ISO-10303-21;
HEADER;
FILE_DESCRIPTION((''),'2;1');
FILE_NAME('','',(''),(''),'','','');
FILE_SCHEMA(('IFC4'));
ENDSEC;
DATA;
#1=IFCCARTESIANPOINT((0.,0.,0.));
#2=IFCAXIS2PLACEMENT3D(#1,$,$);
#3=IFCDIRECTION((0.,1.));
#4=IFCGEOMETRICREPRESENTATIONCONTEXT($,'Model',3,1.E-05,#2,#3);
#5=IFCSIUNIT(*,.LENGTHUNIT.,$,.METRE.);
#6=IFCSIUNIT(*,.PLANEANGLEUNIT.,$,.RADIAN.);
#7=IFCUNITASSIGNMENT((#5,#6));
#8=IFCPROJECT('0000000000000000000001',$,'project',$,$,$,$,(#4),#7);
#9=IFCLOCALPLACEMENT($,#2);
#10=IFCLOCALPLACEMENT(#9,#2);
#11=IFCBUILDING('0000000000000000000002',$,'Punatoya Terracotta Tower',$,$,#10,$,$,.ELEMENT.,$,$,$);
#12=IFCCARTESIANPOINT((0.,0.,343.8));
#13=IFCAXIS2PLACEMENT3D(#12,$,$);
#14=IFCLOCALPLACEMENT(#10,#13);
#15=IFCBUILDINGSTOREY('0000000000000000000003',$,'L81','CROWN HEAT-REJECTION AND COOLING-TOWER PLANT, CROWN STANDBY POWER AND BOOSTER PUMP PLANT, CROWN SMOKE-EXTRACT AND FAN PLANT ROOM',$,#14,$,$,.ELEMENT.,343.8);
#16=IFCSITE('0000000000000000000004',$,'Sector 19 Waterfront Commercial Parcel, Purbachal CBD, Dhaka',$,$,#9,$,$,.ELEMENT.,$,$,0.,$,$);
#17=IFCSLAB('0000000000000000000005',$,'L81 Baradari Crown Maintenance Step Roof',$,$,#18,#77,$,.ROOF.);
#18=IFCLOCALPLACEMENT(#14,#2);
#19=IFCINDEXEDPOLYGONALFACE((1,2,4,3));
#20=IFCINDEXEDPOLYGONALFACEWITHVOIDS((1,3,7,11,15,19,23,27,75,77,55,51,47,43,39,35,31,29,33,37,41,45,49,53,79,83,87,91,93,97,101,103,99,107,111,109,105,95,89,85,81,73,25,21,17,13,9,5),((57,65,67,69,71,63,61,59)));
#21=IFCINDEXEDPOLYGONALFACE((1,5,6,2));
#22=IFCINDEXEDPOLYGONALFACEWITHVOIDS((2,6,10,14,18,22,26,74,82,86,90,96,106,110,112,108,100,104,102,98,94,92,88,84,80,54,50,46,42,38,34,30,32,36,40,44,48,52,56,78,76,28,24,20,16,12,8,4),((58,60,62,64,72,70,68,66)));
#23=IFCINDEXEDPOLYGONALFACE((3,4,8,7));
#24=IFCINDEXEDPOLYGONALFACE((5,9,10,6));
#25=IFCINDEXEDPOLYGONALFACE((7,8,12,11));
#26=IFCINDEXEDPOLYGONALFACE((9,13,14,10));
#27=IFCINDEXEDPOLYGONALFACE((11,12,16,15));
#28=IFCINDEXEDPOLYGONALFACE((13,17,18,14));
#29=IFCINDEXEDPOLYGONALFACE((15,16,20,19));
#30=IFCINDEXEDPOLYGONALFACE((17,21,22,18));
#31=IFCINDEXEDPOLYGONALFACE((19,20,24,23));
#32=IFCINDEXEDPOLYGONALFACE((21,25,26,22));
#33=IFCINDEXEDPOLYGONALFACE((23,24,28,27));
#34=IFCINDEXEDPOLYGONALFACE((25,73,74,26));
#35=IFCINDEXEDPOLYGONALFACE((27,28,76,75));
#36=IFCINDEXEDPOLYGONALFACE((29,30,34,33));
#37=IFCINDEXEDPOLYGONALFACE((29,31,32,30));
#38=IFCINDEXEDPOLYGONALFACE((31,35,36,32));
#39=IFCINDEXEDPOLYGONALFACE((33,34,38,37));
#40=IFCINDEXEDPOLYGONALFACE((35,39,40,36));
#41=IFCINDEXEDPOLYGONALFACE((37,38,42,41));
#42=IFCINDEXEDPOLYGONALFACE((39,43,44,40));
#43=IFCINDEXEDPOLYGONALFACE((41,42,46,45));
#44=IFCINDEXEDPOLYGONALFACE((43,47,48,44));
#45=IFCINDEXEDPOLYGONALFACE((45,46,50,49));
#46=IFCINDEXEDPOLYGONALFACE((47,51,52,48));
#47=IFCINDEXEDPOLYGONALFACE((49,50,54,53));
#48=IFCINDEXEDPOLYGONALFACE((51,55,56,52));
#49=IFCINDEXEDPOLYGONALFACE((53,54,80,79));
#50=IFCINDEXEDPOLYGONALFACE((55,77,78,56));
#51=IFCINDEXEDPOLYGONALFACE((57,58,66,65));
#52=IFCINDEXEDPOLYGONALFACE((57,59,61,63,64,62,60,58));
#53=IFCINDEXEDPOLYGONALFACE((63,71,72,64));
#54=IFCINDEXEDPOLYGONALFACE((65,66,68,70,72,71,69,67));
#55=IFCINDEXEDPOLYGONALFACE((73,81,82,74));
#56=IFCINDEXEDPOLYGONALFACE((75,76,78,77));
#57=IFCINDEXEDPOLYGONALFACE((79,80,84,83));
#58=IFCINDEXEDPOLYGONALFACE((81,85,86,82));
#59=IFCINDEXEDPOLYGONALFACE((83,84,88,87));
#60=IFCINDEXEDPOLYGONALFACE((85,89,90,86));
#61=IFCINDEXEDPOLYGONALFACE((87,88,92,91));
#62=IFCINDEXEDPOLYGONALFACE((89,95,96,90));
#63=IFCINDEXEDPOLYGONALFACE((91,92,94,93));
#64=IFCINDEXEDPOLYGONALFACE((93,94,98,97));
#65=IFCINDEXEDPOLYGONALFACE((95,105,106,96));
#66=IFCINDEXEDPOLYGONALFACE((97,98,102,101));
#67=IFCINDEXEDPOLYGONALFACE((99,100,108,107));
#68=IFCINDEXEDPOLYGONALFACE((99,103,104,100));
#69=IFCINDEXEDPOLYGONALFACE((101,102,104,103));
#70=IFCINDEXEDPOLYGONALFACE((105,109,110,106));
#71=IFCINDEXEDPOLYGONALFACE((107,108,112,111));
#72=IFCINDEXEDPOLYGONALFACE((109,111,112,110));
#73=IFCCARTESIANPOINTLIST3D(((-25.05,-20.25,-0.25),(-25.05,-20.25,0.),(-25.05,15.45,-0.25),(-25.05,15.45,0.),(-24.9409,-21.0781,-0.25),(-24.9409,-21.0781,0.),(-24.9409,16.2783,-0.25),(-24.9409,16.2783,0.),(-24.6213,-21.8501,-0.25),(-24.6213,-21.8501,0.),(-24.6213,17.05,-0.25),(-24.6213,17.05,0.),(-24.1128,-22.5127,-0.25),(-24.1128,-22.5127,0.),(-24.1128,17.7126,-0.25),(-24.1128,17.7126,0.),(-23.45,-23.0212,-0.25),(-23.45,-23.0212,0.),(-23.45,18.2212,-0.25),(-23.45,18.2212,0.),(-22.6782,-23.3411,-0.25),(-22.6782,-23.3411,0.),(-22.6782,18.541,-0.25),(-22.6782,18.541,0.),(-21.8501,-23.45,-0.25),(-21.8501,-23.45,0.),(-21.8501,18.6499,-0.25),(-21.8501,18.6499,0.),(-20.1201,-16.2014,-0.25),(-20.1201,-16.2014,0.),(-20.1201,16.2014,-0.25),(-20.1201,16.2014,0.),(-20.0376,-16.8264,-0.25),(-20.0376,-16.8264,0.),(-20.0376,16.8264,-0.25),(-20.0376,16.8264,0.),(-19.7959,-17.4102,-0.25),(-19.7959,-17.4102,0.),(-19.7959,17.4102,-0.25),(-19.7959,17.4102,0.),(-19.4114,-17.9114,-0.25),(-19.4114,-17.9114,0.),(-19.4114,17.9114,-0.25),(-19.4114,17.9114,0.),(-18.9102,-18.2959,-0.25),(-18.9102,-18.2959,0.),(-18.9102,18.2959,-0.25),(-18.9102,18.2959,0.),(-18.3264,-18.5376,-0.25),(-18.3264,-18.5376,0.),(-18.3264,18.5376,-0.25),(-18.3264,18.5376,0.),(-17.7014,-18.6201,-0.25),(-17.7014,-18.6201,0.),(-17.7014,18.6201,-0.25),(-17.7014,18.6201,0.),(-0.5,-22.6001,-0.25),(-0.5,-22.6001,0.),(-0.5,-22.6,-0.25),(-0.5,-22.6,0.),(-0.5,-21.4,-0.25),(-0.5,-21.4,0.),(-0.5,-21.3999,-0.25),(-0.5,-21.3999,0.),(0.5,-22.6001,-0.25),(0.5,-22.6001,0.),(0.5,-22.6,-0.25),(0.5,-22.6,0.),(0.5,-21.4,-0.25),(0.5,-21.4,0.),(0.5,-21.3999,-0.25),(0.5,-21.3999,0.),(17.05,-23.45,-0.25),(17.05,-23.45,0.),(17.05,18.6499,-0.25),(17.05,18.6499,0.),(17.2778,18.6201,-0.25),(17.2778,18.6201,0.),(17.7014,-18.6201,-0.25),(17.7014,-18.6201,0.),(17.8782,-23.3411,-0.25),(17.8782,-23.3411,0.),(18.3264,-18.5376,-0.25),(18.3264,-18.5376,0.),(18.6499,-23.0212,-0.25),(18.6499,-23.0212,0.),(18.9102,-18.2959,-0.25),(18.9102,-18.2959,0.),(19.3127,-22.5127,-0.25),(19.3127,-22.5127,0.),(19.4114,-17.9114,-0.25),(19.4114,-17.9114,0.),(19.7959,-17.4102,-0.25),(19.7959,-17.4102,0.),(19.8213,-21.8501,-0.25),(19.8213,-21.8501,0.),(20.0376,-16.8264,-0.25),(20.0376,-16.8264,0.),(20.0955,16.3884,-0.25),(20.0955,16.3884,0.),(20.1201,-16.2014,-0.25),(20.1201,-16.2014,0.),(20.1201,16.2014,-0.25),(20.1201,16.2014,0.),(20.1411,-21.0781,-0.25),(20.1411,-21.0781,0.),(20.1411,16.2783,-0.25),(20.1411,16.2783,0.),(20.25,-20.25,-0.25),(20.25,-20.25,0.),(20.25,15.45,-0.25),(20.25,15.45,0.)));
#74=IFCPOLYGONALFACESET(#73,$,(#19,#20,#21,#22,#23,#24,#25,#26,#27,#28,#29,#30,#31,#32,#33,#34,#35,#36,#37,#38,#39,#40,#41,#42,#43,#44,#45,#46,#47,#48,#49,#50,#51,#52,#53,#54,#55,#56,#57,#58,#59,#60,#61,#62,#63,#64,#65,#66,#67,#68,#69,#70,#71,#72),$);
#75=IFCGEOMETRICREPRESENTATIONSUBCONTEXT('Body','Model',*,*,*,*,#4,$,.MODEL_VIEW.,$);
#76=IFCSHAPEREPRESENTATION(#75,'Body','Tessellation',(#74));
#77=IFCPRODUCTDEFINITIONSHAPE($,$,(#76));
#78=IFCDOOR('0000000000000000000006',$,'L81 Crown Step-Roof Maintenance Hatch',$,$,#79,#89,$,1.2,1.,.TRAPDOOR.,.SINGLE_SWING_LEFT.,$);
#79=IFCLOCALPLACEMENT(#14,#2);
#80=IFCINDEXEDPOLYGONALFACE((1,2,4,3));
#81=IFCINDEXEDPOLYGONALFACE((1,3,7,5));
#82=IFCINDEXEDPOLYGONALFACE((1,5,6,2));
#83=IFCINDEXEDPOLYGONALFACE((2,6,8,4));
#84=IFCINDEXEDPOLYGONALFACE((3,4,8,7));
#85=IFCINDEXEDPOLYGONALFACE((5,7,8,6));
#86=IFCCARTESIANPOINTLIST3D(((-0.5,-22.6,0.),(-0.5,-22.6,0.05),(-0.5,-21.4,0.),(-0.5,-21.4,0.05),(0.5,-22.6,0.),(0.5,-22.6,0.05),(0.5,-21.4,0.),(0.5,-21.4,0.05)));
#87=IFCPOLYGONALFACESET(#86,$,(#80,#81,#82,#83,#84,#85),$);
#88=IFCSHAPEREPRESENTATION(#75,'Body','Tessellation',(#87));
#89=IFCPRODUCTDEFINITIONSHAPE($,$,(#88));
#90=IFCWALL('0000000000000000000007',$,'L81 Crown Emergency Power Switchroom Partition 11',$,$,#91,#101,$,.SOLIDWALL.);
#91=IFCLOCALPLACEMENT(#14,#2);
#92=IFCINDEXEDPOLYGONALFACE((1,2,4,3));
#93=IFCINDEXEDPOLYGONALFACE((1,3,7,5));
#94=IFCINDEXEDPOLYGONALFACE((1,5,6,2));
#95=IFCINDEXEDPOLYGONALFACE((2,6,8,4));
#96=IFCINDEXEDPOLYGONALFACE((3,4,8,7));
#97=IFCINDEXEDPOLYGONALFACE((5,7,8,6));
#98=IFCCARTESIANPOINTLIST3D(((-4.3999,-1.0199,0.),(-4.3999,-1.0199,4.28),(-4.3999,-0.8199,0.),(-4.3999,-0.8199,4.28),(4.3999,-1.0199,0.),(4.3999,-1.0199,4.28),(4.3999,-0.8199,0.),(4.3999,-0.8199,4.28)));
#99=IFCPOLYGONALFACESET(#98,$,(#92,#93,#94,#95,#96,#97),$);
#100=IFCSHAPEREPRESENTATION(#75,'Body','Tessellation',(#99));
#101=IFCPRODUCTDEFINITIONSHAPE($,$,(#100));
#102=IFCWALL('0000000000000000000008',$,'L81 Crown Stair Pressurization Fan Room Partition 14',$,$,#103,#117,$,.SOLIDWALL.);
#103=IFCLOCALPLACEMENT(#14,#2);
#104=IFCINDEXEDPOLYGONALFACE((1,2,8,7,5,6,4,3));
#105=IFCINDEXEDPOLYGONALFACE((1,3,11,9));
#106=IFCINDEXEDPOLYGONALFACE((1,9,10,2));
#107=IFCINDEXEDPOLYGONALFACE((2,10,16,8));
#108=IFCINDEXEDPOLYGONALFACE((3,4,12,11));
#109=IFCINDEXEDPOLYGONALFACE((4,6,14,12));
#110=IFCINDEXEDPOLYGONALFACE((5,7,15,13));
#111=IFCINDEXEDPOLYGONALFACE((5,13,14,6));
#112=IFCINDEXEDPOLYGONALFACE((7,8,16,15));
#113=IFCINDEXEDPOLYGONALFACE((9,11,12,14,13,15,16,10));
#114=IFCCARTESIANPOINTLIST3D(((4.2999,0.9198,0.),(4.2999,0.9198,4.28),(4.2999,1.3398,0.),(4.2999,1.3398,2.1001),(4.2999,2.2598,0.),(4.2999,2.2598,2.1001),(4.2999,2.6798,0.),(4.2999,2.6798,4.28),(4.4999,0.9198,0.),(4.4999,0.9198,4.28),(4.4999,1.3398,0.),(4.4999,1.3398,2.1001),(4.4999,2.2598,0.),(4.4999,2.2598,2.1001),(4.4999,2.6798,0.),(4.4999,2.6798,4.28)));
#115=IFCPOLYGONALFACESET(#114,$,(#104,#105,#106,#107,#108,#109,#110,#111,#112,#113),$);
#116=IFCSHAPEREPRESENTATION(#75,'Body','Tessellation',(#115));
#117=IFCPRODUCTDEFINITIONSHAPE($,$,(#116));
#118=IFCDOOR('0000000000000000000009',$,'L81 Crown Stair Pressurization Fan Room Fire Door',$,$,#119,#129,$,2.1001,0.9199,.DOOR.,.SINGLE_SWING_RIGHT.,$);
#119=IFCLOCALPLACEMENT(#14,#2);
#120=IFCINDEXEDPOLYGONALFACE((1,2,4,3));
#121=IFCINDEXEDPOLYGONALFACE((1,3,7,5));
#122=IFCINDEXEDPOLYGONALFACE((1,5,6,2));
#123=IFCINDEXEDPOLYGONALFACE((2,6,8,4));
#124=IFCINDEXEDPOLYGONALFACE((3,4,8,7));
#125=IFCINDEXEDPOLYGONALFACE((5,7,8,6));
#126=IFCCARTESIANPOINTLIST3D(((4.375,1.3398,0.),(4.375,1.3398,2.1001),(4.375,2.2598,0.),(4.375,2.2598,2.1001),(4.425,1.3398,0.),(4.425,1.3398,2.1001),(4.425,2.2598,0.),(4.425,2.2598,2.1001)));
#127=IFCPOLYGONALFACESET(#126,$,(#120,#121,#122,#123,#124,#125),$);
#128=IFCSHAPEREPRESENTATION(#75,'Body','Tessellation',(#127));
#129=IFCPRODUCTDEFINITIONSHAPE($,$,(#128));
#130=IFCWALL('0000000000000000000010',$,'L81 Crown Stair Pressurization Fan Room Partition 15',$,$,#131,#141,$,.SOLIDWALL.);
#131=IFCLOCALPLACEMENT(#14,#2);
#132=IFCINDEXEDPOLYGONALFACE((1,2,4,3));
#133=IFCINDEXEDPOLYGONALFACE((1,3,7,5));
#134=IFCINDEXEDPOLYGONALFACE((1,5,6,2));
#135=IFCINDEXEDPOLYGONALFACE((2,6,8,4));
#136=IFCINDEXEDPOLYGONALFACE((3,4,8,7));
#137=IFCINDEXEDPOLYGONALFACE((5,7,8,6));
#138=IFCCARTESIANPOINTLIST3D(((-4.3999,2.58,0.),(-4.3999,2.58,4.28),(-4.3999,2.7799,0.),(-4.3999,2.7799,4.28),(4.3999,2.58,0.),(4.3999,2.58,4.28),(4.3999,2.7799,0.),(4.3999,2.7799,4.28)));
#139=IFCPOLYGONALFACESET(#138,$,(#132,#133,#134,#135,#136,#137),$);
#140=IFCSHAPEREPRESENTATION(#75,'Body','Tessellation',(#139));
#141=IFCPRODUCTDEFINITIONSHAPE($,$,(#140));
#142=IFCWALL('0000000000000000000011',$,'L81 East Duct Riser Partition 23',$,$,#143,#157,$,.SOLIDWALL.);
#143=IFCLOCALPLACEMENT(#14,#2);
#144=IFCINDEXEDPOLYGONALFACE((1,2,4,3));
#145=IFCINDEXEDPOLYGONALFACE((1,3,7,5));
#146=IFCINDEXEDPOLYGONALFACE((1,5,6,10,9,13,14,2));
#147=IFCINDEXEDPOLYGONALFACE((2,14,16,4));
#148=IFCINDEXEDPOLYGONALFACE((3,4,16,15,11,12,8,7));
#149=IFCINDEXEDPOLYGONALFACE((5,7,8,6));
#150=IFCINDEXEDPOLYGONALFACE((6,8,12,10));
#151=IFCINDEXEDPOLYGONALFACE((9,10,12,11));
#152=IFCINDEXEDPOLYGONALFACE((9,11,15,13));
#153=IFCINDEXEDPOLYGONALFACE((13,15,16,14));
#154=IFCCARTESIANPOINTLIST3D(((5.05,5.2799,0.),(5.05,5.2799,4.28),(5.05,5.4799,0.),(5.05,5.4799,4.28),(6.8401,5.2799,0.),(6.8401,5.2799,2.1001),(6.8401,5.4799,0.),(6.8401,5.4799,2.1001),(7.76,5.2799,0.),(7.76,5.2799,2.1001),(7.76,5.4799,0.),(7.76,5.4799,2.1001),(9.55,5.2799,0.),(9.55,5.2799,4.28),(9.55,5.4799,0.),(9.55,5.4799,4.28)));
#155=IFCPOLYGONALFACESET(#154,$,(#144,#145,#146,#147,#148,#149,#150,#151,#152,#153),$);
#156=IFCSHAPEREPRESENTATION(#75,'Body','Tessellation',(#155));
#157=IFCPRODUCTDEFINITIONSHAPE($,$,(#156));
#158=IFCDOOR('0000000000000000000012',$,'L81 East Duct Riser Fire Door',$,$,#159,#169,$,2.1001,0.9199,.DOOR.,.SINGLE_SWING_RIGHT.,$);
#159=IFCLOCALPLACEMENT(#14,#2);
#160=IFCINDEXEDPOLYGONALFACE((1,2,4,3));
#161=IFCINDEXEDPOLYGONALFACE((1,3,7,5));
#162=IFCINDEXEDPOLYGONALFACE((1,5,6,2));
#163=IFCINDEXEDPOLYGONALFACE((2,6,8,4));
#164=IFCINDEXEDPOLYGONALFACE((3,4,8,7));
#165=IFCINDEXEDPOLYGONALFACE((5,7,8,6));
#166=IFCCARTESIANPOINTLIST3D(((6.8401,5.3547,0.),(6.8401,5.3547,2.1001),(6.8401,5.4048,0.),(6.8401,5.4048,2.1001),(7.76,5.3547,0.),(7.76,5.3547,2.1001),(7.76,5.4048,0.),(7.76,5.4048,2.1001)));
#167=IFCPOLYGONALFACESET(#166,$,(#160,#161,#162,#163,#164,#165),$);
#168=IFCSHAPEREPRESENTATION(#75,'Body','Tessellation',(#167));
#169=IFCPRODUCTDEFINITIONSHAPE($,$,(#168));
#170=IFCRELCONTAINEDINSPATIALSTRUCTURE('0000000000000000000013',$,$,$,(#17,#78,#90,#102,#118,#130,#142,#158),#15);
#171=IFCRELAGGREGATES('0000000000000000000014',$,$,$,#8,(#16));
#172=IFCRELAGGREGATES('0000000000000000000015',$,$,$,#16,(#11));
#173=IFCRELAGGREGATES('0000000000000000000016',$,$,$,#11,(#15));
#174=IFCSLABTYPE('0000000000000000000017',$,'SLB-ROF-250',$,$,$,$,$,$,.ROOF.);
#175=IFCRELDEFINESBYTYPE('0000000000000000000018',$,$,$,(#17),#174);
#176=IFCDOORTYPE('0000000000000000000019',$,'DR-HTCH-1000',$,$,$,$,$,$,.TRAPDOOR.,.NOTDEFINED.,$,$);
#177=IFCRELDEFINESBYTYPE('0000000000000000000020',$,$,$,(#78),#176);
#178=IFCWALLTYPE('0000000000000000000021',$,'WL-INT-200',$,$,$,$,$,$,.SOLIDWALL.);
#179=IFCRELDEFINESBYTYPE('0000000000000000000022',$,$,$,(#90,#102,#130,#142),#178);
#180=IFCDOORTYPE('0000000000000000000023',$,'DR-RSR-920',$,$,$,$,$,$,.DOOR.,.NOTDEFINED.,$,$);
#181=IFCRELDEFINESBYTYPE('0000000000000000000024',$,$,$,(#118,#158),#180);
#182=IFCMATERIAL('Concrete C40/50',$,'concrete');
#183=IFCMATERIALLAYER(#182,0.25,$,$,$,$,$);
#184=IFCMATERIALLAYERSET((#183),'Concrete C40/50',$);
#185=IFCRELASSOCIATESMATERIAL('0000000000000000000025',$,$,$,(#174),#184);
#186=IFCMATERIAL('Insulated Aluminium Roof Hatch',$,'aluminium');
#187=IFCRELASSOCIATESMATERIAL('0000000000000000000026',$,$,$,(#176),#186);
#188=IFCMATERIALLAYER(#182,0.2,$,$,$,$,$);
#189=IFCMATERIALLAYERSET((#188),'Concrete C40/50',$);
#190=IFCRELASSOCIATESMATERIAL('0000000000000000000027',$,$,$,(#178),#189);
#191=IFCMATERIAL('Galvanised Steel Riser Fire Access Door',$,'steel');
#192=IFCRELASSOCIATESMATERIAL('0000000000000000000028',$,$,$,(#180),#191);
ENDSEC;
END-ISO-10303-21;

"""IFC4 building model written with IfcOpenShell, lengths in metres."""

from ifc_helpers import new_model, si_unit, direction, frame, frame_2d, origin, origin_2d, place, context, subcontext, project, spatial, polyline, rectangle, outline, extrude, material, layer, layer_set, type_object, element, fill, save


model = new_model("IFC4")

# Units and contexts
model_context = context("Model", 3, precision=1e-05, world=origin(), true_north=direction((0.0, 1.0)))
body_context = subcontext(model_context, "Body", "Model", "MODEL_VIEW")
ifc_project = project(units=[si_unit("LENGTHUNIT", "METRE"), si_unit("PLANEANGLEUNIT", "RADIAN")], contexts=[model_context])

# Site, building, storey
site_placement = place(None, origin())
site = spatial("IfcSite", under=ifc_project, at=site_placement, Name="Sector 19 Waterfront Commercial Parcel, Purbachal CBD, Dhaka", CompositionType="ELEMENT", RefElevation=0.0)
building_placement = place(site_placement, origin())
building = spatial("IfcBuilding", under=site, at=building_placement, Name="Punatoya Terracotta Tower", CompositionType="ELEMENT")
storey_placement = place(building_placement, frame((0.0, 0.0, 343.8)))
storey = spatial("IfcBuildingStorey", under=building, at=storey_placement, Name="L81", Description="CROWN HEAT-REJECTION AND COOLING-TOWER PLANT, CROWN STANDBY POWER AND BOOSTER PUMP PLANT, CROWN SMOKE-EXTRACT AND FAN PLANT ROOM", CompositionType="ELEMENT", Elevation=343.8)

# Shared definitions
ifc_material_1 = material(Name="Concrete C40/50", Category="concrete")

# Slab, opening, door
ifc_layer_1 = layer(ifc_material_1, 0.25)
ifc_layer_set_1 = layer_set([ifc_layer_1], Name="Concrete C40/50")
slab_type_1 = type_object("IfcSlabType", Name="SLB-ROF-250", PredefinedType="ROOF", material=ifc_layer_set_1)
slab_1_placement = place(storey_placement, frame((0.0, 0.0, -0.25)))
slab_1 = element("IfcSlab", 1, at=slab_1_placement, inside=storey, type_object=slab_type_1, Name="L81 Baradari Crown Maintenance Step Roof", PredefinedType="ROOF", context=body_context, shape_type="SweptSolid", body=[
    extrude(outline(polyline([(20.25, 15.45), (20.1411, 16.2783), (20.0955, 16.3884), (20.1201, 16.2014), (20.1201, -16.2014), (20.0376, -16.8264), (19.7959, -17.4102), (19.4114, -17.9114), (18.9102, -18.2959), (18.3264, -18.5376), (17.7014, -18.6201), (-17.7014, -18.6201), (-18.3264, -18.5376), (-18.9102, -18.2959), (-19.4114, -17.9114), (-19.7959, -17.4102), (-20.0376, -16.8264), (-20.1201, -16.2014), (-20.1201, 16.2014), (-20.0376, 16.8264), (-19.7959, 17.4102), (-19.4114, 17.9114), (-18.9102, 18.2959), (-18.3264, 18.5376), (-17.7014, 18.6201), (17.2778, 18.6201), (17.05, 18.6499), (-21.8501, 18.6499), (-22.6782, 18.541), (-23.45, 18.2212), (-24.1128, 17.7126), (-24.6213, 17.05), (-24.9409, 16.2783), (-25.05, 15.45), (-25.05, -20.25), (-24.9409, -21.0781), (-24.6213, -21.8501), (-24.1128, -22.5127), (-23.45, -23.0212), (-22.6782, -23.3411), (-21.8501, -23.45), (17.05, -23.45), (17.8782, -23.3411), (18.6499, -23.0212), (19.3127, -22.5127), (19.8213, -21.8501), (20.1411, -21.0781), (20.25, -20.25), (20.25, 15.45)]), holes=[polyline([(0.5, -21.3999), (0.5, -22.6001), (-0.5, -22.6001), (-0.5, -21.3999), (0.5, -21.3999)])]), origin(), (0.0, 0.0, 1.0), 0.25),
])
opening_1_placement = place(slab_1_placement, frame((0.0, -22.0, 0.0)))
opening_1 = element("IfcOpeningElement", 2, at=opening_1_placement, cuts=slab_1, PredefinedType="OPENING", context=body_context, shape_type="SweptSolid", body=[
    extrude(rectangle(XDim=1.0, YDim=1.2, at=origin_2d()), frame((0.0, 0.0, -0.01)), (0.0, 0.0, 1.0), 0.3201),
])
ifc_material_2 = material(Name="Insulated Aluminium Roof Hatch", Category="aluminium")
door_type_1 = type_object("IfcDoorType", Name="DR-HTCH-1000", OperationType="NOTDEFINED", PredefinedType="TRAPDOOR", material=ifc_material_2)
door_1_placement = place(opening_1_placement, frame((0.0, 0.0, 0.25)))
door_1 = element("IfcDoor", 3, at=door_1_placement, inside=storey, type_object=door_type_1, Name="L81 Crown Step-Roof Maintenance Hatch", OperationType="SINGLE_SWING_LEFT", OverallHeight=1.2, OverallWidth=1.0, PredefinedType="TRAPDOOR", context=body_context, shape_type="SweptSolid", body=[
    extrude(rectangle(XDim=1.0, YDim=1.2, at=origin_2d()), origin(), (0.0, 0.0, 1.0), 0.05),
])
fill(opening_1, door_1)

# Wall
ifc_layer_2 = layer(ifc_material_1, 0.2)
ifc_layer_set_2 = layer_set([ifc_layer_2], Name="Concrete C40/50")
wall_type_1 = type_object("IfcWallType", Name="WL-INT-200", PredefinedType="SOLIDWALL", material=ifc_layer_set_2)
wall_1_placement = place(storey_placement, frame((4.3999, -0.9199, 0.0), z_axis=(0.0, 0.0, 1.0), x_axis=(-1.0, 0.0, 0.0)))
element("IfcWall", 4, at=wall_1_placement, inside=storey, type_object=wall_type_1, Name="L81 Crown Emergency Power Switchroom Partition 11", PredefinedType="SOLIDWALL", context=body_context, shape_type="SweptSolid", body=[
    extrude(rectangle(XDim=8.7998, YDim=0.2, at=frame_2d((4.3999, 0.0))), origin(), (0.0, 0.0, 1.0), 4.28),
])

# Wall, opening, door
wall_2_placement = place(storey_placement, frame((4.3999, 0.9199, 0.0), z_axis=(0.0, 0.0, 1.0), x_axis=(0.0, 1.0, 0.0)))
wall_2 = element("IfcWall", 5, at=wall_2_placement, inside=storey, type_object=wall_type_1, Name="L81 Crown Stair Pressurization Fan Room Partition 14", PredefinedType="SOLIDWALL", context=body_context, shape_type="SweptSolid", body=[
    extrude(rectangle(XDim=1.76, YDim=0.2, at=frame_2d((0.8799, 0.0))), origin(), (0.0, 0.0, 1.0), 4.28),
])
opening_2_placement = place(wall_2_placement, frame((0.4199, 0.0, 0.0)))
opening_2 = element("IfcOpeningElement", 6, at=opening_2_placement, cuts=wall_2, PredefinedType="OPENING", context=body_context, shape_type="SweptSolid", body=[
    extrude(rectangle(XDim=0.9199, YDim=2.1001, at=frame_2d((0.46, 1.05))), frame((0.0, 0.1099, 0.0), z_axis=(0.0, -1.0, 0.0), x_axis=(1.0, 0.0, 0.0)), (0.0, 0.0, 1.0), 0.22),
])
ifc_material_3 = material(Name="Galvanised Steel Riser Fire Access Door", Category="steel")
door_type_2 = type_object("IfcDoorType", Name="DR-RSR-920", OperationType="NOTDEFINED", PredefinedType="DOOR", material=ifc_material_3)
door_2_placement = place(opening_2_placement, origin())
door_2 = element("IfcDoor", 7, at=door_2_placement, inside=storey, type_object=door_type_2, Name="L81 Crown Stair Pressurization Fan Room Fire Door", OperationType="SINGLE_SWING_RIGHT", OverallHeight=2.1001, OverallWidth=0.9199, PredefinedType="DOOR", context=body_context, shape_type="SweptSolid", body=[
    extrude(rectangle(XDim=0.9199, YDim=2.1001, at=frame_2d((0.46, 1.05))), frame((0.0, 0.0249, 0.0), z_axis=(0.0, -1.0, 0.0), x_axis=(1.0, 0.0, 0.0)), (0.0, 0.0, 1.0), 0.05),
])
fill(opening_2, door_2)

# Wall
wall_3_placement = place(storey_placement, frame((4.3999, 2.6799, 0.0), z_axis=(0.0, 0.0, 1.0), x_axis=(-1.0, 0.0, 0.0)))
element("IfcWall", 8, at=wall_3_placement, inside=storey, type_object=wall_type_1, Name="L81 Crown Stair Pressurization Fan Room Partition 15", PredefinedType="SOLIDWALL", context=body_context, shape_type="SweptSolid", body=[
    extrude(rectangle(XDim=8.7998, YDim=0.2, at=frame_2d((4.3999, 0.0))), origin(), (0.0, 0.0, 1.0), 4.28),
])

# Wall, opening, door
wall_4_placement = place(storey_placement, frame((5.05, 5.3799, 0.0), z_axis=(0.0, 0.0, 1.0), x_axis=(1.0, 0.0, 0.0)))
wall_4 = element("IfcWall", 9, at=wall_4_placement, inside=storey, type_object=wall_type_1, Name="L81 East Duct Riser Partition 23", PredefinedType="SOLIDWALL", context=body_context, shape_type="SweptSolid", body=[
    extrude(rectangle(XDim=4.5, YDim=0.2, at=frame_2d((2.25, 0.0))), origin(), (0.0, 0.0, 1.0), 4.28),
])
opening_3_placement = place(wall_4_placement, frame((1.79, 0.0, 0.0)))
opening_3 = element("IfcOpeningElement", 10, at=opening_3_placement, cuts=wall_4, PredefinedType="OPENING", context=body_context, shape_type="SweptSolid", body=[
    extrude(rectangle(XDim=0.9199, YDim=2.1001, at=frame_2d((0.46, 1.05))), frame((0.0, 0.1099, 0.0), z_axis=(0.0, -1.0, 0.0), x_axis=(1.0, 0.0, 0.0)), (0.0, 0.0, 1.0), 0.22),
])
door_3_placement = place(opening_3_placement, origin())
door_3 = element("IfcDoor", 11, at=door_3_placement, inside=storey, type_object=door_type_2, Name="L81 East Duct Riser Fire Door", OperationType="SINGLE_SWING_RIGHT", OverallHeight=2.1001, OverallWidth=0.9199, PredefinedType="DOOR", context=body_context, shape_type="SweptSolid", body=[
    extrude(rectangle(XDim=0.9199, YDim=2.1001, at=frame_2d((0.46, 1.05))), frame((0.0, 0.0249, 0.0), z_axis=(0.0, -1.0, 0.0), x_axis=(1.0, 0.0, 0.0)), (0.0, 0.0, 1.0), 0.05),
])
fill(opening_3, door_3)

save(model, "model.ifc")
